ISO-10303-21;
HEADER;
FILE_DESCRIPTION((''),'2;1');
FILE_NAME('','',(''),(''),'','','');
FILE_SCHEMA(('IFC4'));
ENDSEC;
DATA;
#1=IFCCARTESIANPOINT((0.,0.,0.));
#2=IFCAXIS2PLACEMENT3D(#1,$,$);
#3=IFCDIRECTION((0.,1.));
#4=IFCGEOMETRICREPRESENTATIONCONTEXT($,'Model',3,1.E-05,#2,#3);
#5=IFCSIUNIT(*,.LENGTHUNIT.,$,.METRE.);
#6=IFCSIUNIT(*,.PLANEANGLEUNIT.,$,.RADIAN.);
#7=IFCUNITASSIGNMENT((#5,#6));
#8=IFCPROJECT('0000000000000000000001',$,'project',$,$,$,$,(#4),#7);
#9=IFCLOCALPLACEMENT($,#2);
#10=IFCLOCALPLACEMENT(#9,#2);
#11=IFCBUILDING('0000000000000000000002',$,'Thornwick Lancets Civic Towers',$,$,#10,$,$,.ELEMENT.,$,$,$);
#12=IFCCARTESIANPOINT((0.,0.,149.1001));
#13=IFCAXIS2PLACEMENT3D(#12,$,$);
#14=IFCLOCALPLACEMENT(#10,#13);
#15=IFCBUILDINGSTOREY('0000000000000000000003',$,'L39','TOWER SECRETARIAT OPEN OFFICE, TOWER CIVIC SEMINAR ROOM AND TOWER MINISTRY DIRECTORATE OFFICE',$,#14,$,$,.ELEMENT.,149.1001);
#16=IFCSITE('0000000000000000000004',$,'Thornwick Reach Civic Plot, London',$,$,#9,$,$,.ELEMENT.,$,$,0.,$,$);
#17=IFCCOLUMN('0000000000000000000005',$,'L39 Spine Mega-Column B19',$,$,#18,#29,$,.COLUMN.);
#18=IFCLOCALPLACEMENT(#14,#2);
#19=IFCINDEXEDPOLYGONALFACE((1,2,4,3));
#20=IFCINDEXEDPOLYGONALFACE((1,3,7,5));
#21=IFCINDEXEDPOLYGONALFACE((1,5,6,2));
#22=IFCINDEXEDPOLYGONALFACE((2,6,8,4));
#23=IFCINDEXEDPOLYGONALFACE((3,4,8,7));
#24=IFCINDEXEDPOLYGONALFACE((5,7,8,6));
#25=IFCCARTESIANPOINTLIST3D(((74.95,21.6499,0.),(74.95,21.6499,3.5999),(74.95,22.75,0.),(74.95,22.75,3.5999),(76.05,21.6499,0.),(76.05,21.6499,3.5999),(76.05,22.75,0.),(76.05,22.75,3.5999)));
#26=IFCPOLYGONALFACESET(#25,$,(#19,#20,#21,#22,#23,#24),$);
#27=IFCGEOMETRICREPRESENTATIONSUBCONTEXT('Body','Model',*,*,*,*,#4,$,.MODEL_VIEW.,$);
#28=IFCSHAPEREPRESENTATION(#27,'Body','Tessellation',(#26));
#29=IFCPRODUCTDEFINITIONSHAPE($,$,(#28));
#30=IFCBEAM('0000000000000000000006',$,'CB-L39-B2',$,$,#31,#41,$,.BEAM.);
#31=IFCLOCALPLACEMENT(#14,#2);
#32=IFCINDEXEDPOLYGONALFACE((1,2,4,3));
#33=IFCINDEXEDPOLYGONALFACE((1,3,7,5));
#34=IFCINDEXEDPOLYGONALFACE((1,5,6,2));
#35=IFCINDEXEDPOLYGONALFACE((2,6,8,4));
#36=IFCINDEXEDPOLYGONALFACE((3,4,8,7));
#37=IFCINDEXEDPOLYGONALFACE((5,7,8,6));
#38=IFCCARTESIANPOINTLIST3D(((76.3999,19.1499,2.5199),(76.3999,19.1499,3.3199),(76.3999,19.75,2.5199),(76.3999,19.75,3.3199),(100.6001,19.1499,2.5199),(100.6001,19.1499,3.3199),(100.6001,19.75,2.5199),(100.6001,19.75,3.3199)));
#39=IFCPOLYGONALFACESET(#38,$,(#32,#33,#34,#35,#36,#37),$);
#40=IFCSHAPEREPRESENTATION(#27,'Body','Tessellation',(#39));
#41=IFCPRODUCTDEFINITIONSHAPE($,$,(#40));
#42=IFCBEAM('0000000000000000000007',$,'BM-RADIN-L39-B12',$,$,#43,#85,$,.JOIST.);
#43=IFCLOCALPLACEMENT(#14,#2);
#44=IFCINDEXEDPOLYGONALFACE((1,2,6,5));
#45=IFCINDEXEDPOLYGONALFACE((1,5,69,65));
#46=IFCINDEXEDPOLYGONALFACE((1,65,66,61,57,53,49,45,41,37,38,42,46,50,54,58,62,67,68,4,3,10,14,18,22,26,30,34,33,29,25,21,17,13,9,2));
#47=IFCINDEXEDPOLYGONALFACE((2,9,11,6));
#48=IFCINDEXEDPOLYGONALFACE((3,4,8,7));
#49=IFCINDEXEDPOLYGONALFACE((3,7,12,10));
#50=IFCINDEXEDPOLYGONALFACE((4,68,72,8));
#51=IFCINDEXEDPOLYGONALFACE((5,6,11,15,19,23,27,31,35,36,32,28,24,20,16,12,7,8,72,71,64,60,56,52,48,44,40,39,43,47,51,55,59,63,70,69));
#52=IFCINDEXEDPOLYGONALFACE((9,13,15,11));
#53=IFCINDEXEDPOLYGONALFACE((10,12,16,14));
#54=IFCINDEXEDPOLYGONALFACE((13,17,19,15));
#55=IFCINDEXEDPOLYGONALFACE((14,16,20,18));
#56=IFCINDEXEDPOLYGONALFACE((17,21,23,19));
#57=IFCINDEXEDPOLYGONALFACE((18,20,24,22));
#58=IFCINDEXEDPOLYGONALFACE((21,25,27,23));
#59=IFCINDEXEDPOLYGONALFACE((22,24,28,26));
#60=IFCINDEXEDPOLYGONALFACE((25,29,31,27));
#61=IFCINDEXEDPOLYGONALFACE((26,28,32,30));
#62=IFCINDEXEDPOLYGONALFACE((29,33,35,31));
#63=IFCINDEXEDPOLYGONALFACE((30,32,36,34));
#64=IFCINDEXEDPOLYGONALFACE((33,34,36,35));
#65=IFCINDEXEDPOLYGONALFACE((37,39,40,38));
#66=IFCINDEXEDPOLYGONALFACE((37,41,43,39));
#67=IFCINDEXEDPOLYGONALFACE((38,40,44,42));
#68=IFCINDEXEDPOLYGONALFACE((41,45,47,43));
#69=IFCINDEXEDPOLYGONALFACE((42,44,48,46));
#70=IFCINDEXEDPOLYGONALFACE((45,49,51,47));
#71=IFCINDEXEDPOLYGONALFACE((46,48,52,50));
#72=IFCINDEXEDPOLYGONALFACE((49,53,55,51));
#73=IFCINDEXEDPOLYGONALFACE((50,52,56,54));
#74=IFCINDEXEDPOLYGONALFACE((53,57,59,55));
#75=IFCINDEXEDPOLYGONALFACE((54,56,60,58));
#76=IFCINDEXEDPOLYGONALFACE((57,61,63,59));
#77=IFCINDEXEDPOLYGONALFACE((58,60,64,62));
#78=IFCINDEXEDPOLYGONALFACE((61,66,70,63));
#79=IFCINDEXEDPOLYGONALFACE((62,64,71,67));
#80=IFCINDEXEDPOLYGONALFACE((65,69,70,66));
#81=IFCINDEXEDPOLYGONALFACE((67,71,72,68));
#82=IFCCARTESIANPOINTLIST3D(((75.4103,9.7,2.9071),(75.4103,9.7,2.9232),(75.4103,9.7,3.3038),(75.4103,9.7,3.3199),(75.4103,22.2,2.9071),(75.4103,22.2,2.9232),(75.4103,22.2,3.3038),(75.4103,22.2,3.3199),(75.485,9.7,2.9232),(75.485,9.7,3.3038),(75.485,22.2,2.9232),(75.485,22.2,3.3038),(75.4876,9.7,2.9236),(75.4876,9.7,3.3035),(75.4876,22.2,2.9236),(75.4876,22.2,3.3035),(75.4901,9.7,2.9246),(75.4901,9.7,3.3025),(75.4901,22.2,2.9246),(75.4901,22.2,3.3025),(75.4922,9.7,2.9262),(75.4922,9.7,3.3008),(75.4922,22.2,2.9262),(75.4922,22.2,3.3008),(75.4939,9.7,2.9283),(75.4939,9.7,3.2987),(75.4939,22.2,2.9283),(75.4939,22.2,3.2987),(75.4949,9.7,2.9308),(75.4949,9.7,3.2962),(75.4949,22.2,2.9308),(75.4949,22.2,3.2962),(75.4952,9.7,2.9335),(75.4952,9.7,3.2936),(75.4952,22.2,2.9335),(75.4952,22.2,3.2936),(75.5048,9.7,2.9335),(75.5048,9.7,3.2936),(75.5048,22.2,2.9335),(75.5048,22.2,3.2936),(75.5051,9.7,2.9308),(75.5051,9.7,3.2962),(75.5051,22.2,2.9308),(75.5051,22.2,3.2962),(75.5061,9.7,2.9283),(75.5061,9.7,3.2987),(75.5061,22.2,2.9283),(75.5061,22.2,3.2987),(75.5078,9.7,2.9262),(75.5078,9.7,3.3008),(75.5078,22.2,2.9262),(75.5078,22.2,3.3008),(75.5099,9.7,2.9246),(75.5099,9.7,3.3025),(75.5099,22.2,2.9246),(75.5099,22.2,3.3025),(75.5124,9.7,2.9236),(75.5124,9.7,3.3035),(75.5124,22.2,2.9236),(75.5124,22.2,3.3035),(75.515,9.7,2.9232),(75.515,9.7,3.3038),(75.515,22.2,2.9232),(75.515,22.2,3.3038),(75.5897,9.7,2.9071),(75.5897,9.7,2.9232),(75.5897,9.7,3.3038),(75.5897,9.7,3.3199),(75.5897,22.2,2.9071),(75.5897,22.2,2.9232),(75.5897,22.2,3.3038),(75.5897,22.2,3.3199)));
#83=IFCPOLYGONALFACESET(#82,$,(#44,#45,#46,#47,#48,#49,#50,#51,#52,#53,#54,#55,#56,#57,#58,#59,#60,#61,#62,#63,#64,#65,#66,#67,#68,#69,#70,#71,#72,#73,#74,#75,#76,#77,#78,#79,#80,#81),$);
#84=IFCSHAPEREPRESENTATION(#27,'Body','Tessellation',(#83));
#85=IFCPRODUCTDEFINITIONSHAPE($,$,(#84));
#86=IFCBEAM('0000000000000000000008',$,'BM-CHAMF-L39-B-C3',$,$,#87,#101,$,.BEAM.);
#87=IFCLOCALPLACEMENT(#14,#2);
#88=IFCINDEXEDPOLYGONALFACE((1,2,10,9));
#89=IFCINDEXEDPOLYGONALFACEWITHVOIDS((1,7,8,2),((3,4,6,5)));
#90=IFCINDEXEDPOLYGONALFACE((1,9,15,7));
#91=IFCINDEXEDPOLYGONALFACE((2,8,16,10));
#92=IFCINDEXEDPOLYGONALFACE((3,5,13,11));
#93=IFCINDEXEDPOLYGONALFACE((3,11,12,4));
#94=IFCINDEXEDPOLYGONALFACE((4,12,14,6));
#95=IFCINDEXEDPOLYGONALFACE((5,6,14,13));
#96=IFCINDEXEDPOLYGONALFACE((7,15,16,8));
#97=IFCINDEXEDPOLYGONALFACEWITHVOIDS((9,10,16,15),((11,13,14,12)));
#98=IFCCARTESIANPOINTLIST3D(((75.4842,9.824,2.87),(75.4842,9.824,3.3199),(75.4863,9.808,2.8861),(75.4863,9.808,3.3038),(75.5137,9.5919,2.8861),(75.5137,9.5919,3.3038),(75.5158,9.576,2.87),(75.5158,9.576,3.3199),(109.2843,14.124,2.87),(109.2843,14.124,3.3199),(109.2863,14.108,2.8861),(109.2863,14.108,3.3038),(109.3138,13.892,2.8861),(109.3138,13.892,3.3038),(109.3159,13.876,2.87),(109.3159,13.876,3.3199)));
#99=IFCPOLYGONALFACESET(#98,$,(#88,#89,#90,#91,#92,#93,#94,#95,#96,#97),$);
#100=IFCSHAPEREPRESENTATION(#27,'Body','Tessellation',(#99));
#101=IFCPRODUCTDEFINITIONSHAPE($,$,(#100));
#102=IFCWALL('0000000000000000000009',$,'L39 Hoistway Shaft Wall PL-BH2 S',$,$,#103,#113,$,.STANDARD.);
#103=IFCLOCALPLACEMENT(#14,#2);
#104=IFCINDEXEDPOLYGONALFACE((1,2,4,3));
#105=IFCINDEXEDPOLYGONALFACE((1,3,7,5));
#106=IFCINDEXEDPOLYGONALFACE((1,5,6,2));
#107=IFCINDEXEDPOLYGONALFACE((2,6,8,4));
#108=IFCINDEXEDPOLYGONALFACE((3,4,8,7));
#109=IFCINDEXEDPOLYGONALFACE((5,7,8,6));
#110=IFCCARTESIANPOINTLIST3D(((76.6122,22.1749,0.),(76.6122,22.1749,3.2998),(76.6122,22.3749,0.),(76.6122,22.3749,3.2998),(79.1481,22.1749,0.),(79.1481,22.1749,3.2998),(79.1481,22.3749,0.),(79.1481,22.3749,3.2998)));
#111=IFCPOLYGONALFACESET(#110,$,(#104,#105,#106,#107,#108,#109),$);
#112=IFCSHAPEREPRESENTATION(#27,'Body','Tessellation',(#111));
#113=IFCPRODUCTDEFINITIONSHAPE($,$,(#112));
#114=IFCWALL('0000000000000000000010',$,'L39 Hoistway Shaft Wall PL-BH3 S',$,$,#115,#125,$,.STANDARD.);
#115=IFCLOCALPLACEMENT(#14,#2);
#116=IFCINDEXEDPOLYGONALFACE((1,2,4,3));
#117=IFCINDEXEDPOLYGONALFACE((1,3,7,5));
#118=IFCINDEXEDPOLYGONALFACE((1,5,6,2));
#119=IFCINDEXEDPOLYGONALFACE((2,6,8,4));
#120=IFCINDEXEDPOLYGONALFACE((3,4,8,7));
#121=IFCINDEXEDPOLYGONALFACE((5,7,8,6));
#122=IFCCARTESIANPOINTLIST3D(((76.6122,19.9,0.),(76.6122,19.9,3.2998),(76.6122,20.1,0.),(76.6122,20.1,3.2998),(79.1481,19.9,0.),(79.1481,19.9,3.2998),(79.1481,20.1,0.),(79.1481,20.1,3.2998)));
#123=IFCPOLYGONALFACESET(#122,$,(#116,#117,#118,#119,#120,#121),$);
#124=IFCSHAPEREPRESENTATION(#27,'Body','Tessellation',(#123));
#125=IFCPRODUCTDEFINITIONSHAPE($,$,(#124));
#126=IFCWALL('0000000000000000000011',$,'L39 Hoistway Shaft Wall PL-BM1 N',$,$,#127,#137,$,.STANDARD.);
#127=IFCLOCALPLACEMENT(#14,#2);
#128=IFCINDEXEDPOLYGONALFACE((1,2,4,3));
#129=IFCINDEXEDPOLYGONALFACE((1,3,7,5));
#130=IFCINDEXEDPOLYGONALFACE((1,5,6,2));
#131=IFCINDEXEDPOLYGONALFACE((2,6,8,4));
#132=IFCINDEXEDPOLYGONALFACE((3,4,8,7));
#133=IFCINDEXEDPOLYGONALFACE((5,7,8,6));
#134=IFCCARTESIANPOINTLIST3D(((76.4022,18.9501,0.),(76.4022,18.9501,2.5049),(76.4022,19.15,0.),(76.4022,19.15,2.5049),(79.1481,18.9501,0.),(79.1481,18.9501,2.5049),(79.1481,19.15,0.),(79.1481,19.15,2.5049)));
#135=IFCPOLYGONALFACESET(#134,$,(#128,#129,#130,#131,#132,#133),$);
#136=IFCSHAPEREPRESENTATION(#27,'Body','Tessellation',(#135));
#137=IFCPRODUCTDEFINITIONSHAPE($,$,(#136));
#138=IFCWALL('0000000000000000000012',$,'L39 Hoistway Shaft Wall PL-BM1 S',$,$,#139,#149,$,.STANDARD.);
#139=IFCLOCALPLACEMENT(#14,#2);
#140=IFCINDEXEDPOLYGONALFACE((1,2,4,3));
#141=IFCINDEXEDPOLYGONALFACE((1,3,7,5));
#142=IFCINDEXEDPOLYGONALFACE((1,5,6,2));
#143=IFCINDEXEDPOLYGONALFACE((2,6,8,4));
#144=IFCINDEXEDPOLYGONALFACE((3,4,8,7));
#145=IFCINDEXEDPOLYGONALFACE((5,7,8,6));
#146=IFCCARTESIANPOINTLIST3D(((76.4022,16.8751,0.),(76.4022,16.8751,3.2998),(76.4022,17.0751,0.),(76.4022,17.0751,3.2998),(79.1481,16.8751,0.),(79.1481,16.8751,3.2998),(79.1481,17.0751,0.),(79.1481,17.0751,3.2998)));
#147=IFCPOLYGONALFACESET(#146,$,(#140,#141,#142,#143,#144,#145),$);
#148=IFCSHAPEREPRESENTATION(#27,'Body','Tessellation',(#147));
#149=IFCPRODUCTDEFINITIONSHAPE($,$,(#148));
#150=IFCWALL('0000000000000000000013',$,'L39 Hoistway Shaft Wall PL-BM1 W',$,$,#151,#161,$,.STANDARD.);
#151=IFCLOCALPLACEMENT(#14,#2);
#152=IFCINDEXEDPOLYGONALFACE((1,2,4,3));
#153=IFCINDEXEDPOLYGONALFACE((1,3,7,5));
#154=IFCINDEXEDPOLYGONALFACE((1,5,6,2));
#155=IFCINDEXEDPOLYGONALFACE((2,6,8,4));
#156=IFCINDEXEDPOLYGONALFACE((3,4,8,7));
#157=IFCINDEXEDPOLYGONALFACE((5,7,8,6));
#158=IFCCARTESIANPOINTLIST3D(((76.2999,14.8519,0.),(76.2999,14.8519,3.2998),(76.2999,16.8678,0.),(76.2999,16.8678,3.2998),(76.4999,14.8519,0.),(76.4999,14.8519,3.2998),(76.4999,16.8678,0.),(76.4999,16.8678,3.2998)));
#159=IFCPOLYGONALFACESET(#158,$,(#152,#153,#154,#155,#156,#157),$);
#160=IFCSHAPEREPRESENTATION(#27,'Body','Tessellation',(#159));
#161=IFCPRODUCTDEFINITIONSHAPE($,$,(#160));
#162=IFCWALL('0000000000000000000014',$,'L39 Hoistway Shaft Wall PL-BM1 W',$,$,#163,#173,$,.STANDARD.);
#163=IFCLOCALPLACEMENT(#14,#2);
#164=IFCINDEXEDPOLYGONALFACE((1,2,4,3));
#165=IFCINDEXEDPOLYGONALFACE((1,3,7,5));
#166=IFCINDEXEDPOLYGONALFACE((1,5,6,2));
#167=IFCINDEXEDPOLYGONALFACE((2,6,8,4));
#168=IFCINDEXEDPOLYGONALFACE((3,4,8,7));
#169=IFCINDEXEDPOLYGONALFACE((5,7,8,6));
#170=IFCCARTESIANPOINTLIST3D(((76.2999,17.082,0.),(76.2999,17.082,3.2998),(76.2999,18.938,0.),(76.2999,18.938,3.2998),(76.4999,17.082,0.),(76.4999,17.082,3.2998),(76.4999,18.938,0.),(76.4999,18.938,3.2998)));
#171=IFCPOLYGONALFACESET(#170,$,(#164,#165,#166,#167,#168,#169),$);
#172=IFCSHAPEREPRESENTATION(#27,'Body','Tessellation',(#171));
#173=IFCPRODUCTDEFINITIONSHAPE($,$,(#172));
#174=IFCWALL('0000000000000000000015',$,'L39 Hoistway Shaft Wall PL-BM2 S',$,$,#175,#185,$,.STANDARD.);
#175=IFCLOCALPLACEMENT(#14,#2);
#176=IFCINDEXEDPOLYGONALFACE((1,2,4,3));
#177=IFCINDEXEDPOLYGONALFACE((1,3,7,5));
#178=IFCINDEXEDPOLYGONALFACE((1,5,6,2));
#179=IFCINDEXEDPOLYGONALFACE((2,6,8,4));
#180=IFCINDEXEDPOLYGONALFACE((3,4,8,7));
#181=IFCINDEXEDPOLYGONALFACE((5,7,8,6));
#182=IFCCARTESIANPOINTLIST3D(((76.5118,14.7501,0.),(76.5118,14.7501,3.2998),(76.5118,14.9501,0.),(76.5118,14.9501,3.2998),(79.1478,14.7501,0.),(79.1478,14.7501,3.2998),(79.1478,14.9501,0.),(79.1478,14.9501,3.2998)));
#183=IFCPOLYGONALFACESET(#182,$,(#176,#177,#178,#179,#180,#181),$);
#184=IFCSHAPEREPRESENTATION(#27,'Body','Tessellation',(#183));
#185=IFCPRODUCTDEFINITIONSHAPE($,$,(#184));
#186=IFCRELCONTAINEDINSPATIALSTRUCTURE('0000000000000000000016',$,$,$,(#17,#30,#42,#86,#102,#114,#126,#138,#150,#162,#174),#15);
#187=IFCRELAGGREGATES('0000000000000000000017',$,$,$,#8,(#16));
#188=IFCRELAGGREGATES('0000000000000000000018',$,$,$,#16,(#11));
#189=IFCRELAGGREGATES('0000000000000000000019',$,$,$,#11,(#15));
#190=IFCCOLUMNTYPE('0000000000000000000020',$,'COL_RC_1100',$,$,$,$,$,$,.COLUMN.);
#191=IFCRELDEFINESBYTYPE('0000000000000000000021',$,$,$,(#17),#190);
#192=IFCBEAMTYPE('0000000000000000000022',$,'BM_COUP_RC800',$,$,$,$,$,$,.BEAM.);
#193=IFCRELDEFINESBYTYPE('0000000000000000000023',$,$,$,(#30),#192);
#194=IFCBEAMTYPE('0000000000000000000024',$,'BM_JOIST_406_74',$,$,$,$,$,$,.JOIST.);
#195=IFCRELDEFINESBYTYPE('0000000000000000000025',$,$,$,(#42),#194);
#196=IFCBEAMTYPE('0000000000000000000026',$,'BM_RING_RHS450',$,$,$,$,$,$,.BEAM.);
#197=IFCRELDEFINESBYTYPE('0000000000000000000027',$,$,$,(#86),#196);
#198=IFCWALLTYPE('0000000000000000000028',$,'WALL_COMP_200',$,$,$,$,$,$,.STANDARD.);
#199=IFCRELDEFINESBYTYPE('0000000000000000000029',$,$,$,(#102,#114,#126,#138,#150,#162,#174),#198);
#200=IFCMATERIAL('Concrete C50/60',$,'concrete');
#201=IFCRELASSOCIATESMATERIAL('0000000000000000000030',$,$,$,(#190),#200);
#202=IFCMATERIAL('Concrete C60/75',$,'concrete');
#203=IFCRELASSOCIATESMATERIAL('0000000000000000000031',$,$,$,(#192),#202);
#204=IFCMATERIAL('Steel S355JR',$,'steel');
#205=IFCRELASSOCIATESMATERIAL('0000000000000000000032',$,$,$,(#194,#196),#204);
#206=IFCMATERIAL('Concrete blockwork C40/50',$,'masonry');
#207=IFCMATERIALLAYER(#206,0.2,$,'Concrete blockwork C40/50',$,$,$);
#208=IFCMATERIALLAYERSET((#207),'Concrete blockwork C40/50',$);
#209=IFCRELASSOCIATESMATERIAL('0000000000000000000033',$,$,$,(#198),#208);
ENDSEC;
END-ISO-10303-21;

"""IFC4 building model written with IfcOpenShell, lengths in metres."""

from ifc_helpers import new_model, si_unit, direction, frame, frame_2d, origin, origin_2d, place, context, subcontext, project, spatial, rectangle, hollow_rectangle, i_section, extrude, material, layer, layer_set, material_profile, profile_set, type_object, element, save


model = new_model("IFC4")

# Units and contexts
model_context = context("Model", 3, precision=1e-05, world=origin(), true_north=direction((0.0, 1.0)))
body_context = subcontext(model_context, "Body", "Model", "MODEL_VIEW")
ifc_project = project(units=[si_unit("LENGTHUNIT", "METRE"), si_unit("PLANEANGLEUNIT", "RADIAN")], contexts=[model_context])

# Site, building, storey
site_placement = place(None, origin())
site = spatial("IfcSite", under=ifc_project, at=site_placement, Name="Thornwick Reach Civic Plot, London", CompositionType="ELEMENT", RefElevation=0.0)
building_placement = place(site_placement, origin())
building = spatial("IfcBuilding", under=site, at=building_placement, Name="Thornwick Lancets Civic Towers", CompositionType="ELEMENT")
storey_placement = place(building_placement, frame((0.0, 0.0, 149.1001)))
storey = spatial("IfcBuildingStorey", under=building, at=storey_placement, Name="L39", Description="TOWER SECRETARIAT OPEN OFFICE, TOWER CIVIC SEMINAR ROOM AND TOWER MINISTRY DIRECTORATE OFFICE", CompositionType="ELEMENT", Elevation=149.1001)

# Column
ifc_material_1 = material(Name="Concrete C50/60", Category="concrete")
ifc_material_profile_1 = material_profile(ifc_material_1, rectangle(XDim=1.1001, YDim=1.1001, at=origin_2d()), Name="RC 1100x1100")
ifc_profile_set_1 = profile_set([ifc_material_profile_1], Name="Concrete C50/60")
column_type = type_object("IfcColumnType", Name="COL_RC_1100", PredefinedType="COLUMN", material=ifc_profile_set_1)
column_placement = place(storey_placement, frame((75.5, 22.2, 0.0), z_axis=(0.0, 0.0, 1.0), x_axis=(1.0, 0.0, 0.0)))
element("IfcColumn", 1, at=column_placement, inside=storey, type_object=column_type, Name="L39 Spine Mega-Column B19", PredefinedType="COLUMN", context=body_context, shape_type="SweptSolid", body=[
    extrude(rectangle(XDim=1.1001, YDim=1.1001, at=origin_2d()), origin(), (0.0, 0.0, 1.0), 3.5999),
])

# Beams
ifc_material_2 = material(Name="Concrete C60/75", Category="concrete")
ifc_material_profile_2 = material_profile(ifc_material_2, rectangle(XDim=0.6001, YDim=0.8, at=origin_2d()), Name="RC 600x800")
ifc_profile_set_2 = profile_set([ifc_material_profile_2], Name="Concrete C60/75")
beam_type_1 = type_object("IfcBeamType", Name="BM_COUP_RC800", PredefinedType="BEAM", material=ifc_profile_set_2)
beam_1_placement = place(storey_placement, frame((76.3999, 19.45, 2.9199), z_axis=(1.0, 0.0, 0.0), x_axis=(0.0, 1.0, 0.0)))
element("IfcBeam", 2, at=beam_1_placement, inside=storey, type_object=beam_type_1, Name="CB-L39-B2", PredefinedType="BEAM", context=body_context, shape_type="SweptSolid", body=[
    extrude(rectangle(XDim=0.6001, YDim=0.8, at=origin_2d()), origin(), (0.0, 0.0, 1.0), 24.2002),
])
ifc_material_3 = material(Name="Steel S355JR", Category="steel")
ifc_material_profile_3 = material_profile(ifc_material_3, i_section(OverallWidth=0.1794, OverallDepth=0.4128, WebThickness=0.0095, FlangeThickness=0.0161, FilletRadius=0.0103, at=origin_2d()), Name="UKB 406x178x74")
ifc_profile_set_3 = profile_set([ifc_material_profile_3], Name="Steel S355JR")
beam_type_2 = type_object("IfcBeamType", Name="BM_JOIST_406_74", PredefinedType="JOIST", material=ifc_profile_set_3)
beam_2_placement = place(storey_placement, frame((75.5, 22.2, 3.1135), z_axis=(0.0, -1.0, 0.0), x_axis=(1.0, 0.0, 0.0)))
element("IfcBeam", 3, at=beam_2_placement, inside=storey, type_object=beam_type_2, Name="BM-RADIN-L39-B12", PredefinedType="JOIST", context=body_context, shape_type="SweptSolid", body=[
    extrude(i_section(OverallWidth=0.1794, OverallDepth=0.4128, WebThickness=0.0095, FlangeThickness=0.0161, FilletRadius=0.0103, at=origin_2d()), origin(), (0.0, 0.0, 1.0), 12.5),
])
ifc_material_profile_4 = material_profile(ifc_material_3, hollow_rectangle(XDim=0.25, YDim=0.45, WallThickness=0.0161, at=origin_2d()), Name="RHS 450x250x16")
ifc_profile_set_4 = profile_set([ifc_material_profile_4], Name="Steel S355JR")
beam_type_3 = type_object("IfcBeamType", Name="BM_RING_RHS450", PredefinedType="BEAM", material=ifc_profile_set_4)
beam_3_placement = place(storey_placement, frame((75.5, 9.7, 3.095), z_axis=(0.992004, 0.126203, 0.0), x_axis=(-0.126203, 0.992004, 0.0)))
element("IfcBeam", 4, at=beam_3_placement, inside=storey, type_object=beam_type_3, Name="BM-CHAMF-L39-B-C3", PredefinedType="BEAM", context=body_context, shape_type="SweptSolid", body=[
    extrude(hollow_rectangle(XDim=0.25, YDim=0.45, WallThickness=0.0161, at=origin_2d()), origin(), (0.0, 0.0, 1.0), 34.0725),
])

# Walls
ifc_material_4 = material(Name="Concrete blockwork C40/50", Category="masonry")
ifc_layer_1 = layer(ifc_material_4, 0.2, Name="Concrete blockwork C40/50")
ifc_layer_set_1 = layer_set([ifc_layer_1], Name="Concrete blockwork C40/50")
wall_type_1 = type_object("IfcWallType", Name="WALL_COMP_200", PredefinedType="STANDARD", material=ifc_layer_set_1)
for number, where, z_axis, x_axis, name in (
    (5, (76.6121, 22.2749, 0.0), (0.0, 0.0, 1.0), (1.0, 0.0, 0.0), "L39 Hoistway Shaft Wall PL-BH2 S"),
    (6, (76.6121, 20.0, 0.0), (0.0, 0.0, 1.0), (1.0, 0.0, 0.0), "L39 Hoistway Shaft Wall PL-BH3 S"),
):
    element("IfcWall", number, at=place(storey_placement, frame(where, z_axis=z_axis, x_axis=x_axis)), inside=storey, type_object=wall_type_1, Name=name, PredefinedType="STANDARD", context=body_context, shape_type="SweptSolid", body=[
        extrude(rectangle(XDim=2.5359, YDim=0.2, at=frame_2d((1.2681, 0.0))), origin(), (0.0, 0.0, 1.0), 3.2998),
    ])
wall_1_placement = place(storey_placement, frame((76.4021, 19.05, 0.0), z_axis=(0.0, 0.0, 1.0), x_axis=(1.0, 0.0, 0.0)))
element("IfcWall", 7, at=wall_1_placement, inside=storey, type_object=wall_type_1, Name="L39 Hoistway Shaft Wall PL-BM1 N", PredefinedType="STANDARD", context=body_context, shape_type="SweptSolid", body=[
    extrude(rectangle(XDim=2.7458, YDim=0.2, at=frame_2d((1.373, 0.0))), origin(), (0.0, 0.0, 1.0), 2.5049),
])
wall_2_placement = place(storey_placement, frame((76.4021, 16.9751, 0.0), z_axis=(0.0, 0.0, 1.0), x_axis=(1.0, 0.0, 0.0)))
element("IfcWall", 8, at=wall_2_placement, inside=storey, type_object=wall_type_1, Name="L39 Hoistway Shaft Wall PL-BM1 S", PredefinedType="STANDARD", context=body_context, shape_type="SweptSolid", body=[
    extrude(rectangle(XDim=2.7458, YDim=0.2, at=frame_2d((1.373, 0.0))), origin(), (0.0, 0.0, 1.0), 3.2998),
])
wall_3_placement = place(storey_placement, frame((76.3999, 14.8521, 0.0), z_axis=(0.0, 0.0, 1.0), x_axis=(0.0, 1.0, 0.0)))
element("IfcWall", 9, at=wall_3_placement, inside=storey, type_object=wall_type_1, Name="L39 Hoistway Shaft Wall PL-BM1 W", PredefinedType="STANDARD", context=body_context, shape_type="SweptSolid", body=[
    extrude(rectangle(XDim=2.0159, YDim=0.2, at=frame_2d((1.0078, 0.0))), origin(), (0.0, 0.0, 1.0), 3.2998),
])
wall_4_placement = place(storey_placement, frame((76.3999, 17.082, 0.0), z_axis=(0.0, 0.0, 1.0), x_axis=(0.0, 1.0, 0.0)))
element("IfcWall", 10, at=wall_4_placement, inside=storey, type_object=wall_type_1, Name="L39 Hoistway Shaft Wall PL-BM1 W", PredefinedType="STANDARD", context=body_context, shape_type="SweptSolid", body=[
    extrude(rectangle(XDim=1.856, YDim=0.2, at=frame_2d((0.928, 0.0))), origin(), (0.0, 0.0, 1.0), 3.2998),
])
wall_5_placement = place(storey_placement, frame((76.512, 14.8501, 0.0), z_axis=(0.0, 0.0, 1.0), x_axis=(1.0, 0.0, 0.0)))
element("IfcWall", 11, at=wall_5_placement, inside=storey, type_object=wall_type_1, Name="L39 Hoistway Shaft Wall PL-BM2 S", PredefinedType="STANDARD", context=body_context, shape_type="SweptSolid", body=[
    extrude(rectangle(XDim=2.636, YDim=0.2, at=frame_2d((1.3179, 0.0))), origin(), (0.0, 0.0, 1.0), 3.2998),
])

save(model, "model.ifc")
